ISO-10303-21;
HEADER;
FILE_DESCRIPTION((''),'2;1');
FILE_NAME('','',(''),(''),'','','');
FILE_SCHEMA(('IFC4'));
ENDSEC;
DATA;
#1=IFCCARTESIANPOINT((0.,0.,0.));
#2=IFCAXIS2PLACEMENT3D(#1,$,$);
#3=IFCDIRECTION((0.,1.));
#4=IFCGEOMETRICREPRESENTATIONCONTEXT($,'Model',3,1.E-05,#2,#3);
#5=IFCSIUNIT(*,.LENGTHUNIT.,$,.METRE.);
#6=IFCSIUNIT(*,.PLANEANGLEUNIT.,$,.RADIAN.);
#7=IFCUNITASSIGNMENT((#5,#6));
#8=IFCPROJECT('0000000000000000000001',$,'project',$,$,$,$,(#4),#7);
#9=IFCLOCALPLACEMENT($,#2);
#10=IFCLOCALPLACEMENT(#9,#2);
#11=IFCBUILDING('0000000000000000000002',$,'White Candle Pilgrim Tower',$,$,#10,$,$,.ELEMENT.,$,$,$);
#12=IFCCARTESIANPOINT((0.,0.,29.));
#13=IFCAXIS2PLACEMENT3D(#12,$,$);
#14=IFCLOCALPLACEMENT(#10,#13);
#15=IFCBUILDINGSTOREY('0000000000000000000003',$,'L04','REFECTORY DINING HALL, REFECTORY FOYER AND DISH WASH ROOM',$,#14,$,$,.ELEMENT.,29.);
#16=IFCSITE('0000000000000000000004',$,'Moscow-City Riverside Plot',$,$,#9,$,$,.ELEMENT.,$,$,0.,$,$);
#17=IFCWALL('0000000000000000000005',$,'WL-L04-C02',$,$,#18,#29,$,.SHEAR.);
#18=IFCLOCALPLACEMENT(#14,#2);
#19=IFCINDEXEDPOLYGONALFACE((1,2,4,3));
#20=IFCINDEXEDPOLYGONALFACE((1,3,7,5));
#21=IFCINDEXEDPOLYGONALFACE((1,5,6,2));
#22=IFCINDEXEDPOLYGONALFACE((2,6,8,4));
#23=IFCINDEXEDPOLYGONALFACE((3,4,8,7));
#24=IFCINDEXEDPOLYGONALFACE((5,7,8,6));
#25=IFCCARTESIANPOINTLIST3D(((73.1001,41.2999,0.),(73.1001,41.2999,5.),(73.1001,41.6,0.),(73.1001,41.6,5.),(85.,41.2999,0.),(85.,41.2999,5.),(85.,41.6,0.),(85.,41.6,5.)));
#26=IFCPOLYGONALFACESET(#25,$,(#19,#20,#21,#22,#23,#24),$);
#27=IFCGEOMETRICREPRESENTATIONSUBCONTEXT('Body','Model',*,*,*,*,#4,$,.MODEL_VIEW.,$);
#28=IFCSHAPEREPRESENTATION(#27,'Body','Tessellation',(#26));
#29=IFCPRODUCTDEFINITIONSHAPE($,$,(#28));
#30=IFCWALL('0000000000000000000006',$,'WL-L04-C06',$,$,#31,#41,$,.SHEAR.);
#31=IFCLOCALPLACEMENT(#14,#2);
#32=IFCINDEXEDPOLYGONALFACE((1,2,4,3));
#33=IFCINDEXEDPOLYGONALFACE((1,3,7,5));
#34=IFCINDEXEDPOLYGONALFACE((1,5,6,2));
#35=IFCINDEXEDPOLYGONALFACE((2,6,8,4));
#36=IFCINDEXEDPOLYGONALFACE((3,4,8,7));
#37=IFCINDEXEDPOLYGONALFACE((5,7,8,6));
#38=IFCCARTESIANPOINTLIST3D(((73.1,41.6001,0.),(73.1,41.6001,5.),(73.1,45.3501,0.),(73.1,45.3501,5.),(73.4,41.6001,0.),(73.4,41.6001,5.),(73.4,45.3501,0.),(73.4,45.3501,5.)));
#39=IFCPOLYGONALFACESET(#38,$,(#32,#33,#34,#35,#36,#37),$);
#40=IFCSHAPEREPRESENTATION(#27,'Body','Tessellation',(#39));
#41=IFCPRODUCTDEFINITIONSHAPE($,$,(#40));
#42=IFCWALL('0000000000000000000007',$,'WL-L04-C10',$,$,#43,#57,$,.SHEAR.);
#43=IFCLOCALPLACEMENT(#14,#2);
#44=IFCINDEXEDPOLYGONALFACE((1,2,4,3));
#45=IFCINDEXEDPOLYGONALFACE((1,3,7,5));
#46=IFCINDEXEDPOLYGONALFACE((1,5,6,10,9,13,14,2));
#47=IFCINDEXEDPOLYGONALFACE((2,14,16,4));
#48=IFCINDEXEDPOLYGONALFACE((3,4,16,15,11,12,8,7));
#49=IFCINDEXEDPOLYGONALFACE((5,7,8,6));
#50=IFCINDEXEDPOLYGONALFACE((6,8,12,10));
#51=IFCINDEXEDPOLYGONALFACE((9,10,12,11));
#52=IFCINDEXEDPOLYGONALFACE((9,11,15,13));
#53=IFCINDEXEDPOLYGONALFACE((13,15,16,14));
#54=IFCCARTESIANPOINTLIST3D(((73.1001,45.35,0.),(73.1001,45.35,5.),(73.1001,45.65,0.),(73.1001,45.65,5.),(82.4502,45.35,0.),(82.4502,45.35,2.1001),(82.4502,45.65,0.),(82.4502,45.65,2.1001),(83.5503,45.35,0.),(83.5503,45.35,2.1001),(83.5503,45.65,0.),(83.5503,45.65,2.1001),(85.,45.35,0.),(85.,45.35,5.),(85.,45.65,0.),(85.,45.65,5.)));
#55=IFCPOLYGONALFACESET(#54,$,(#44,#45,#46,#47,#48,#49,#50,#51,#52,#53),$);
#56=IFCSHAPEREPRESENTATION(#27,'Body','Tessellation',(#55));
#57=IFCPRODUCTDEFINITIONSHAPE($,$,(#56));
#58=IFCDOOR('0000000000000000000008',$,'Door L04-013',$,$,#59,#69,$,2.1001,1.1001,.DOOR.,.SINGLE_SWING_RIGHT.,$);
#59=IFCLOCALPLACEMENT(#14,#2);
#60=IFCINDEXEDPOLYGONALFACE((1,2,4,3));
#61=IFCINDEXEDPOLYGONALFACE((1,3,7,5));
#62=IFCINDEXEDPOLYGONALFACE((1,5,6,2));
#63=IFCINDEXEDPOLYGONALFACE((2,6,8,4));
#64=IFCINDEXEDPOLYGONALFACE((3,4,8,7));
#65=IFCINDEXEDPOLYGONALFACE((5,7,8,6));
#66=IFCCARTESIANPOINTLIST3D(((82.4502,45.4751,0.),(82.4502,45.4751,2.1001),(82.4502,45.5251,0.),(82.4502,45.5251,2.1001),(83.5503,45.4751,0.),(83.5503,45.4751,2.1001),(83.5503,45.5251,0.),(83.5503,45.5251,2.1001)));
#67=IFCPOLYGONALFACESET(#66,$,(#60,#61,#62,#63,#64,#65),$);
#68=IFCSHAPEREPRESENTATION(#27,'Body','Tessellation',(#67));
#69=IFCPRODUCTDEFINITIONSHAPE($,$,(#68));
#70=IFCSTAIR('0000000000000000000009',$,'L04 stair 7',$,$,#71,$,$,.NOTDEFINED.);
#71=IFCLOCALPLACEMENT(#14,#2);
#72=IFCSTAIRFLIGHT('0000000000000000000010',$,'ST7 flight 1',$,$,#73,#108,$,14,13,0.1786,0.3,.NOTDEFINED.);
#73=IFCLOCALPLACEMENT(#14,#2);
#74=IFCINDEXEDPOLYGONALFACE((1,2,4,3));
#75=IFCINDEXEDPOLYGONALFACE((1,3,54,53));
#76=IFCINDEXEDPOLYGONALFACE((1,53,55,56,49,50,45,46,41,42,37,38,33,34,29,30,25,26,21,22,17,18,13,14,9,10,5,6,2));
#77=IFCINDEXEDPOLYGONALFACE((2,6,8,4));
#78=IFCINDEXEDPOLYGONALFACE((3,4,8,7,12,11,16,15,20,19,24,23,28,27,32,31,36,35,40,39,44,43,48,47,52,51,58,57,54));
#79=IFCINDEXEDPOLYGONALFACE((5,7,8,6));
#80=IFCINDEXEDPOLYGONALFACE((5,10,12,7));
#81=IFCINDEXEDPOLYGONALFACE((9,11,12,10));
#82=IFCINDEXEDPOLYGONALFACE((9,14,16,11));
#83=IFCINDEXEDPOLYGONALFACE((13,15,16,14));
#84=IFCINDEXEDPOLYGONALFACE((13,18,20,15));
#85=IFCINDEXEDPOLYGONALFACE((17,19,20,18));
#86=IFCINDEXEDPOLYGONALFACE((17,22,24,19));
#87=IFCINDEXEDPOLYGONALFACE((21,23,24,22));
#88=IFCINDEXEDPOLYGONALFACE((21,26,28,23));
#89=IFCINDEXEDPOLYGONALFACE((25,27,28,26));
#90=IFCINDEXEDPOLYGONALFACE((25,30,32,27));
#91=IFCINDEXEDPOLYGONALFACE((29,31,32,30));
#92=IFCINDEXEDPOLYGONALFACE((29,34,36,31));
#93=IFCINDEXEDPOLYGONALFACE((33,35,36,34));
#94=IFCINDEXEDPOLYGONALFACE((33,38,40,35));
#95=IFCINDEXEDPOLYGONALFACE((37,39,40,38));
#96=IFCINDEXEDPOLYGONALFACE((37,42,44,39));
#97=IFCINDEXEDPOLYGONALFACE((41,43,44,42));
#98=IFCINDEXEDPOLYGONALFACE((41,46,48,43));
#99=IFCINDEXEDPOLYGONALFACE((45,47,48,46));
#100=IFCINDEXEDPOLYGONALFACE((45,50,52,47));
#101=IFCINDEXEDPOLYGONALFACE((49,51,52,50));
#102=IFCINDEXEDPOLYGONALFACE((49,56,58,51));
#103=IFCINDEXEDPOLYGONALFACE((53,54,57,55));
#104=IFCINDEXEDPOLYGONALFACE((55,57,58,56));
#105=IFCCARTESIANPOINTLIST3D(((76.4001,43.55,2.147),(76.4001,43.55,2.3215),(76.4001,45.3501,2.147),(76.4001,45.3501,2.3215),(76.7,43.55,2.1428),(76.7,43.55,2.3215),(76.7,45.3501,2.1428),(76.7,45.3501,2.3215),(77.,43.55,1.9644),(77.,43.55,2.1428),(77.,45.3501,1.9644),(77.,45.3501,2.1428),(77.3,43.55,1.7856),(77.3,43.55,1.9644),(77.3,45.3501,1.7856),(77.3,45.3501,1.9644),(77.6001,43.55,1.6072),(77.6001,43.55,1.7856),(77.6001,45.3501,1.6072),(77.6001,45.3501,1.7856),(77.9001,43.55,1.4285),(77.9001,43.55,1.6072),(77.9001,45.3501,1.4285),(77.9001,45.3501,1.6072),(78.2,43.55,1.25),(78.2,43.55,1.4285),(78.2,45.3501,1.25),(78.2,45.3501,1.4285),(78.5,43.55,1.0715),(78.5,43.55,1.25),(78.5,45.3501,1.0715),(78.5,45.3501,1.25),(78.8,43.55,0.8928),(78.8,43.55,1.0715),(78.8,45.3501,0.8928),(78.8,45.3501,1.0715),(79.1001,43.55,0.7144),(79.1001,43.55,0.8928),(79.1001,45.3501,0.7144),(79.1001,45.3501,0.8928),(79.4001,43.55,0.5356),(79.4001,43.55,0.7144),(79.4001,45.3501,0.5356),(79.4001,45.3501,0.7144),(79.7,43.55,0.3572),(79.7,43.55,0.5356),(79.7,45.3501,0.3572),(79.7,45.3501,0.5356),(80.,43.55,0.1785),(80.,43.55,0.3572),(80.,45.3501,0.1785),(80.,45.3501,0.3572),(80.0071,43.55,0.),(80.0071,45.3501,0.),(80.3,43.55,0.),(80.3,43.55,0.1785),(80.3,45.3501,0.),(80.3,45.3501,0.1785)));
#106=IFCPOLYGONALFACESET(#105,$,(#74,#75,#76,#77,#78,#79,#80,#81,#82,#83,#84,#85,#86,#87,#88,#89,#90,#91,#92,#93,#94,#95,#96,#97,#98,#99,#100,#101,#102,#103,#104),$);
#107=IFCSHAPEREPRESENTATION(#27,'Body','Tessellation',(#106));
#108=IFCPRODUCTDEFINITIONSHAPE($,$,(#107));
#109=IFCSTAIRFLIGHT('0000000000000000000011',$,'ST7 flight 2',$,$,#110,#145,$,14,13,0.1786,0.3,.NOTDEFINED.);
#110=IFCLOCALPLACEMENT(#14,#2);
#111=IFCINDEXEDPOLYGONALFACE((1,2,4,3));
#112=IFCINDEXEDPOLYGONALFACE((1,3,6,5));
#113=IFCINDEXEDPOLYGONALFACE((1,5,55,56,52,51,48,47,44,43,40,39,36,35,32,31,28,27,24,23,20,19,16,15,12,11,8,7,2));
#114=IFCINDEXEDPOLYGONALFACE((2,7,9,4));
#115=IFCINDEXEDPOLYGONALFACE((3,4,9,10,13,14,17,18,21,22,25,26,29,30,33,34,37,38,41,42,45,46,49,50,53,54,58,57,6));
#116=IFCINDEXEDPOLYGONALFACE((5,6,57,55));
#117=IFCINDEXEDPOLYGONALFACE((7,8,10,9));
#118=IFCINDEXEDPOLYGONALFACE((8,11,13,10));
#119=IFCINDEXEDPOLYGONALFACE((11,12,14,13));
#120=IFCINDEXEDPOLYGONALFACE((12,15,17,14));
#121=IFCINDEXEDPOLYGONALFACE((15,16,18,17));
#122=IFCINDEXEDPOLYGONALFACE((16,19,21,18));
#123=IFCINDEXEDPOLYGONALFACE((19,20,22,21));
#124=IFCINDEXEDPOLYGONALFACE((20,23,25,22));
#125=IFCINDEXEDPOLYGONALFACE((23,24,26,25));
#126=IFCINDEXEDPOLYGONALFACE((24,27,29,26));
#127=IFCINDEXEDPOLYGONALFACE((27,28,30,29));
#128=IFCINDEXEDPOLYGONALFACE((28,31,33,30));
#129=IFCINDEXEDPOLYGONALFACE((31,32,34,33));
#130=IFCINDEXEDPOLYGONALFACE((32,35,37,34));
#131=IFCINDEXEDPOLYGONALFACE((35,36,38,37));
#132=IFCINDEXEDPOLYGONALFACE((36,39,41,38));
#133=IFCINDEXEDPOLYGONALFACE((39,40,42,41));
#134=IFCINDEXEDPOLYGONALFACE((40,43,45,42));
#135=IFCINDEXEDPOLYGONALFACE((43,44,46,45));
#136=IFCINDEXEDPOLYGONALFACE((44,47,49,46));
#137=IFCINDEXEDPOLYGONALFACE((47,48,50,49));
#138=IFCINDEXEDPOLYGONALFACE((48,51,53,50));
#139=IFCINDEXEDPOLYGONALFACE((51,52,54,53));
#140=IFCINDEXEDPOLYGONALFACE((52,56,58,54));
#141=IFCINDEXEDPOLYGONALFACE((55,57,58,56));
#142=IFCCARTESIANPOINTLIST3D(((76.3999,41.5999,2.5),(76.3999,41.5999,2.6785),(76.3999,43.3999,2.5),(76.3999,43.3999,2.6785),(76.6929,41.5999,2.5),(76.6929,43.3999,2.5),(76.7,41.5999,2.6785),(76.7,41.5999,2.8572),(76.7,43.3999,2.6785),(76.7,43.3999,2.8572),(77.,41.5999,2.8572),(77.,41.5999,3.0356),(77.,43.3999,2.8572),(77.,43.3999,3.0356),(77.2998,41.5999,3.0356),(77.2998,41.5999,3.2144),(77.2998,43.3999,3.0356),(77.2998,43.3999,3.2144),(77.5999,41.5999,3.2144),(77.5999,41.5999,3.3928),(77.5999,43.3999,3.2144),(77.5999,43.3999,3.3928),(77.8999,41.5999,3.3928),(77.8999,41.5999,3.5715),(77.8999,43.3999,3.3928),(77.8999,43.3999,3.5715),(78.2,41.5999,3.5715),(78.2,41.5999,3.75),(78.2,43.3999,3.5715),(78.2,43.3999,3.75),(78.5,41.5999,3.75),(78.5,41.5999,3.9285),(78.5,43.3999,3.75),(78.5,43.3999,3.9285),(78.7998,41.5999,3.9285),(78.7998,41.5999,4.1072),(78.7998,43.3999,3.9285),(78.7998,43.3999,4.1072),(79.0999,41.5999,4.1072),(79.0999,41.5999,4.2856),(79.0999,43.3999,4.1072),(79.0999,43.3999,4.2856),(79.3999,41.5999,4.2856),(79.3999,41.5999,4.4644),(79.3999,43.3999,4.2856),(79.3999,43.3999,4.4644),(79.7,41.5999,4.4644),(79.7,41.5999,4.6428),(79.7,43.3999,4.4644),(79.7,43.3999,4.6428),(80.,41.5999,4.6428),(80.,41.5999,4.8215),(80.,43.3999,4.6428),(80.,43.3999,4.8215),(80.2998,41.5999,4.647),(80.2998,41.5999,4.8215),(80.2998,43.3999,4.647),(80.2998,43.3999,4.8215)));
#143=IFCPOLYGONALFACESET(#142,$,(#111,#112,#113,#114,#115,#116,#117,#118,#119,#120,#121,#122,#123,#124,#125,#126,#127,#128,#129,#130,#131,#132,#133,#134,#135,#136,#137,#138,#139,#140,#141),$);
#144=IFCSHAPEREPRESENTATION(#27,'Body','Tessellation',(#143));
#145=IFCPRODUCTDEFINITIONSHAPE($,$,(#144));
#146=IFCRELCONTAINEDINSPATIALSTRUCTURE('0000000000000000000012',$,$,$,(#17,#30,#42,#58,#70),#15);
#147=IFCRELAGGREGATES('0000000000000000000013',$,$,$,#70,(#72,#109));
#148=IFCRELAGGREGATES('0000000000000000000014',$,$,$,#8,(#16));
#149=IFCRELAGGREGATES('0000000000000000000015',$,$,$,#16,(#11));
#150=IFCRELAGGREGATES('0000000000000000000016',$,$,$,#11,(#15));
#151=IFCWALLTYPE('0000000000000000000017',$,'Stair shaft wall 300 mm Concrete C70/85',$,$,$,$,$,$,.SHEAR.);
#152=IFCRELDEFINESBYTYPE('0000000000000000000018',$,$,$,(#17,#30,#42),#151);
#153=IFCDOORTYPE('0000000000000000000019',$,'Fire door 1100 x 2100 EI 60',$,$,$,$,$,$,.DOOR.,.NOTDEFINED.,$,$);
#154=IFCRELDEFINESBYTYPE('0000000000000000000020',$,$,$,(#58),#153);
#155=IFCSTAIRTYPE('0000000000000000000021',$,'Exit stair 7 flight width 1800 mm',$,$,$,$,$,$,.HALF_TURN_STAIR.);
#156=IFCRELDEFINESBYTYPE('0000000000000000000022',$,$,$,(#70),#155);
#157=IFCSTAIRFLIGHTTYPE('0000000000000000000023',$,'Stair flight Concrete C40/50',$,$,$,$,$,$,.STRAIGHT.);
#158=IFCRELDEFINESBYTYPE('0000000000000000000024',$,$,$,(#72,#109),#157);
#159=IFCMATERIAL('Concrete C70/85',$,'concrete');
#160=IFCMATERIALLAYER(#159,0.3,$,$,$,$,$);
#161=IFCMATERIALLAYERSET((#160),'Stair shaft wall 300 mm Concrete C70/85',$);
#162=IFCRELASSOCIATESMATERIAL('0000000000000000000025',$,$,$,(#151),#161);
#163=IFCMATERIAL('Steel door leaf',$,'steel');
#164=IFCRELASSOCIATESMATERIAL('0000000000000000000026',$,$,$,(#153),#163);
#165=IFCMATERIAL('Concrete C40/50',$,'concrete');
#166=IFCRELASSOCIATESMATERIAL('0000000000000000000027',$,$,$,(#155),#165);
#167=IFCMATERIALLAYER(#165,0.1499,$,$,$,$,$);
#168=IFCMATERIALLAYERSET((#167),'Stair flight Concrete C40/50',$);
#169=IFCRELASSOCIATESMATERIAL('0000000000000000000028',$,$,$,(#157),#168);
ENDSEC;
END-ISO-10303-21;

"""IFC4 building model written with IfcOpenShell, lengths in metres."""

from ifc_helpers import new_model, si_unit, direction, frame, frame_2d, origin, place, context, subcontext, project, spatial, polyline, rectangle, outline, extrude, material, layer, layer_set, type_object, element, fill, aggregate, save


model = new_model("IFC4")

# Units and contexts
model_context = context("Model", 3, precision=1e-05, world=origin(), true_north=direction((0.0, 1.0)))
body_context = subcontext(model_context, "Body", "Model", "MODEL_VIEW")
ifc_project = project(units=[si_unit("LENGTHUNIT", "METRE"), si_unit("PLANEANGLEUNIT", "RADIAN")], contexts=[model_context])

# Site, building, storey
site_placement = place(None, origin())
site = spatial("IfcSite", under=ifc_project, at=site_placement, Name="Moscow-City Riverside Plot", CompositionType="ELEMENT", RefElevation=0.0)
building_placement = place(site_placement, origin())
building = spatial("IfcBuilding", under=site, at=building_placement, Name="White Candle Pilgrim Tower", CompositionType="ELEMENT")
storey_placement = place(building_placement, frame((0.0, 0.0, 29.0)))
storey = spatial("IfcBuildingStorey", under=building, at=storey_placement, Name="L04", Description="REFECTORY DINING HALL, REFECTORY FOYER AND DISH WASH ROOM", CompositionType="ELEMENT", Elevation=29.0)

# Shared definitions
ifc_material_1 = material(Name="Steel door leaf", Category="steel")

# Walls
ifc_material_2 = material(Name="Concrete C70/85", Category="concrete")
ifc_layer_1 = layer(ifc_material_2, 0.3)
ifc_layer_set_1 = layer_set([ifc_layer_1], Name="Stair shaft wall 300 mm Concrete C70/85")
wall_type_1 = type_object("IfcWallType", Name="Stair shaft wall 300 mm Concrete C70/85", PredefinedType="SHEAR", material=ifc_layer_set_1)
wall_1_placement = place(storey_placement, frame((73.1001, 41.45, 0.0), z_axis=(0.0, 0.0, 1.0), x_axis=(1.0, 0.0, 0.0)))
element("IfcWall", 1, at=wall_1_placement, inside=storey, type_object=wall_type_1, Name="WL-L04-C02", PredefinedType="SHEAR", context=body_context, shape_type="SweptSolid", body=[
    extrude(rectangle(XDim=11.8999, YDim=0.3, at=frame_2d((5.95, 0.0))), origin(), (0.0, 0.0, 1.0), 5.0),
])
wall_2_placement = place(storey_placement, frame((73.25, 41.6001, 0.0), z_axis=(0.0, 0.0, 1.0), x_axis=(0.0, 1.0, 0.0)))
element("IfcWall", 2, at=wall_2_placement, inside=storey, type_object=wall_type_1, Name="WL-L04-C06", PredefinedType="SHEAR", context=body_context, shape_type="SweptSolid", body=[
    extrude(rectangle(XDim=3.75, YDim=0.3, at=frame_2d((1.875, 0.0))), origin(), (0.0, 0.0, 1.0), 5.0),
])

# Wall, opening, door
wall_3_placement = place(storey_placement, frame((73.1001, 45.5, 0.0), z_axis=(0.0, 0.0, 1.0), x_axis=(1.0, 0.0, 0.0)))
wall_3 = element("IfcWall", 3, at=wall_3_placement, inside=storey, type_object=wall_type_1, Name="WL-L04-C10", PredefinedType="SHEAR", context=body_context, shape_type="SweptSolid", body=[
    extrude(rectangle(XDim=11.8999, YDim=0.3, at=frame_2d((5.95, 0.0))), origin(), (0.0, 0.0, 1.0), 5.0),
])
opening_1_placement = place(wall_3_placement, frame((9.3501, 0.0, 0.0)))
opening_1 = element("IfcOpeningElement", 4, at=opening_1_placement, cuts=wall_3, PredefinedType="OPENING", context=body_context, shape_type="SweptSolid", body=[
    extrude(rectangle(XDim=1.1001, YDim=2.1001, at=frame_2d((0.55, 1.05))), frame((0.0, 0.1599, 0.0), z_axis=(0.0, -1.0, 0.0), x_axis=(1.0, 0.0, 0.0)), (0.0, 0.0, 1.0), 0.3201),
])
door_type_1 = type_object("IfcDoorType", Name="Fire door 1100 x 2100 EI 60", OperationType="NOTDEFINED", PredefinedType="DOOR", material=ifc_material_1)
door_1_placement = place(opening_1_placement, frame((1.1001, 0.0, 0.0), z_axis=(0.0, 0.0, 1.0), x_axis=(-1.0, 0.0, 0.0)))
door_1 = element("IfcDoor", 5, at=door_1_placement, inside=storey, type_object=door_type_1, Name="Door L04-013", OperationType="SINGLE_SWING_RIGHT", OverallHeight=2.1001, OverallWidth=1.1001, PredefinedType="DOOR", context=body_context, shape_type="SweptSolid", body=[
    extrude(rectangle(XDim=1.1001, YDim=2.1001, at=frame_2d((0.55, 1.05))), frame((0.0, 0.0249, 0.0), z_axis=(0.0, -1.0, 0.0), x_axis=(1.0, 0.0, 0.0)), (0.0, 0.0, 1.0), 0.05),
])
fill(opening_1, door_1)

# Stair, stair flights
ifc_material_3 = material(Name="Concrete C40/50", Category="concrete")
stair_type = type_object("IfcStairType", Name="Exit stair 7 flight width 1800 mm", PredefinedType="HALF_TURN_STAIR", material=ifc_material_3)
stair_placement = place(storey_placement, origin())
stair = element("IfcStair", 6, at=stair_placement, inside=storey, type_object=stair_type, Name="L04 stair 7", PredefinedType="NOTDEFINED")
ifc_layer_2 = layer(ifc_material_3, 0.1499)
ifc_layer_set_2 = layer_set([ifc_layer_2], Name="Stair flight Concrete C40/50")
stair_flight_type = type_object("IfcStairFlightType", Name="Stair flight Concrete C40/50", PredefinedType="STRAIGHT", material=ifc_layer_set_2)
stair_flight_1_placement = place(storey_placement, frame((80.3, 44.45, 0.0), z_axis=(0.0, 0.0, 1.0), x_axis=(-1.0, 0.0, 0.0)))
stair_flight_1 = element("IfcStairFlight", 7, at=stair_flight_1_placement, type_object=stair_flight_type, Name="ST7 flight 1", NumberOfRisers=14, NumberOfTreads=13, PredefinedType="NOTDEFINED", RiserHeight=0.1786, TreadLength=0.3, context=body_context, shape_type="SweptSolid", body=[
    extrude(outline(polyline([(0.0, 0.0), (0.0, 0.1785), (0.3, 0.1785), (0.3, 0.3572), (0.6001, 0.3572), (0.6001, 0.5356), (0.8999, 0.5356), (0.8999, 0.7144), (1.2, 0.7144), (1.2, 0.8928), (1.5, 0.8928), (1.5, 1.0715), (1.8, 1.0715), (1.8, 1.25), (2.1001, 1.25), (2.1001, 1.4285), (2.3999, 1.4285), (2.3999, 1.6072), (2.7, 1.6072), (2.7, 1.7856), (3.0, 1.7856), (3.0, 1.9644), (3.3, 1.9644), (3.3, 2.1428), (3.6001, 2.1428), (3.6001, 2.3215), (3.8999, 2.3215), (3.8999, 2.5), (3.8999, 2.147), (0.293, 0.0), (0.0, 0.0)])), frame((0.0, 0.8999, 0.0), z_axis=(0.0, -1.0, 0.0), x_axis=(1.0, 0.0, 0.0)), (0.0, 0.0, 1.0), 1.8),
])
stair_flight_2_placement = place(storey_placement, frame((76.3999, 42.5, 2.5), z_axis=(0.0, 0.0, 1.0), x_axis=(1.0, 0.0, 0.0)))
stair_flight_2 = element("IfcStairFlight", 8, at=stair_flight_2_placement, type_object=stair_flight_type, Name="ST7 flight 2", NumberOfRisers=14, NumberOfTreads=13, PredefinedType="NOTDEFINED", RiserHeight=0.1786, TreadLength=0.3, context=body_context, shape_type="SweptSolid", body=[
    extrude(outline(polyline([(0.0, 0.0), (0.0, 0.1785), (0.3, 0.1785), (0.3, 0.3572), (0.6001, 0.3572), (0.6001, 0.5356), (0.8999, 0.5356), (0.8999, 0.7144), (1.2, 0.7144), (1.2, 0.8928), (1.5, 0.8928), (1.5, 1.0715), (1.8, 1.0715), (1.8, 1.25), (2.1001, 1.25), (2.1001, 1.4285), (2.3999, 1.4285), (2.3999, 1.6072), (2.7, 1.6072), (2.7, 1.7856), (3.0, 1.7856), (3.0, 1.9644), (3.3, 1.9644), (3.3, 2.1428), (3.6001, 2.1428), (3.6001, 2.3215), (3.8999, 2.3215), (3.8999, 2.5), (3.8999, 2.147), (0.293, 0.0), (0.0, 0.0)])), frame((0.0, 0.8999, 0.0), z_axis=(0.0, -1.0, 0.0), x_axis=(1.0, 0.0, 0.0)), (0.0, 0.0, 1.0), 1.8),
])
aggregate(stair, [stair_flight_1, stair_flight_2])

save(model, "model.ifc")
